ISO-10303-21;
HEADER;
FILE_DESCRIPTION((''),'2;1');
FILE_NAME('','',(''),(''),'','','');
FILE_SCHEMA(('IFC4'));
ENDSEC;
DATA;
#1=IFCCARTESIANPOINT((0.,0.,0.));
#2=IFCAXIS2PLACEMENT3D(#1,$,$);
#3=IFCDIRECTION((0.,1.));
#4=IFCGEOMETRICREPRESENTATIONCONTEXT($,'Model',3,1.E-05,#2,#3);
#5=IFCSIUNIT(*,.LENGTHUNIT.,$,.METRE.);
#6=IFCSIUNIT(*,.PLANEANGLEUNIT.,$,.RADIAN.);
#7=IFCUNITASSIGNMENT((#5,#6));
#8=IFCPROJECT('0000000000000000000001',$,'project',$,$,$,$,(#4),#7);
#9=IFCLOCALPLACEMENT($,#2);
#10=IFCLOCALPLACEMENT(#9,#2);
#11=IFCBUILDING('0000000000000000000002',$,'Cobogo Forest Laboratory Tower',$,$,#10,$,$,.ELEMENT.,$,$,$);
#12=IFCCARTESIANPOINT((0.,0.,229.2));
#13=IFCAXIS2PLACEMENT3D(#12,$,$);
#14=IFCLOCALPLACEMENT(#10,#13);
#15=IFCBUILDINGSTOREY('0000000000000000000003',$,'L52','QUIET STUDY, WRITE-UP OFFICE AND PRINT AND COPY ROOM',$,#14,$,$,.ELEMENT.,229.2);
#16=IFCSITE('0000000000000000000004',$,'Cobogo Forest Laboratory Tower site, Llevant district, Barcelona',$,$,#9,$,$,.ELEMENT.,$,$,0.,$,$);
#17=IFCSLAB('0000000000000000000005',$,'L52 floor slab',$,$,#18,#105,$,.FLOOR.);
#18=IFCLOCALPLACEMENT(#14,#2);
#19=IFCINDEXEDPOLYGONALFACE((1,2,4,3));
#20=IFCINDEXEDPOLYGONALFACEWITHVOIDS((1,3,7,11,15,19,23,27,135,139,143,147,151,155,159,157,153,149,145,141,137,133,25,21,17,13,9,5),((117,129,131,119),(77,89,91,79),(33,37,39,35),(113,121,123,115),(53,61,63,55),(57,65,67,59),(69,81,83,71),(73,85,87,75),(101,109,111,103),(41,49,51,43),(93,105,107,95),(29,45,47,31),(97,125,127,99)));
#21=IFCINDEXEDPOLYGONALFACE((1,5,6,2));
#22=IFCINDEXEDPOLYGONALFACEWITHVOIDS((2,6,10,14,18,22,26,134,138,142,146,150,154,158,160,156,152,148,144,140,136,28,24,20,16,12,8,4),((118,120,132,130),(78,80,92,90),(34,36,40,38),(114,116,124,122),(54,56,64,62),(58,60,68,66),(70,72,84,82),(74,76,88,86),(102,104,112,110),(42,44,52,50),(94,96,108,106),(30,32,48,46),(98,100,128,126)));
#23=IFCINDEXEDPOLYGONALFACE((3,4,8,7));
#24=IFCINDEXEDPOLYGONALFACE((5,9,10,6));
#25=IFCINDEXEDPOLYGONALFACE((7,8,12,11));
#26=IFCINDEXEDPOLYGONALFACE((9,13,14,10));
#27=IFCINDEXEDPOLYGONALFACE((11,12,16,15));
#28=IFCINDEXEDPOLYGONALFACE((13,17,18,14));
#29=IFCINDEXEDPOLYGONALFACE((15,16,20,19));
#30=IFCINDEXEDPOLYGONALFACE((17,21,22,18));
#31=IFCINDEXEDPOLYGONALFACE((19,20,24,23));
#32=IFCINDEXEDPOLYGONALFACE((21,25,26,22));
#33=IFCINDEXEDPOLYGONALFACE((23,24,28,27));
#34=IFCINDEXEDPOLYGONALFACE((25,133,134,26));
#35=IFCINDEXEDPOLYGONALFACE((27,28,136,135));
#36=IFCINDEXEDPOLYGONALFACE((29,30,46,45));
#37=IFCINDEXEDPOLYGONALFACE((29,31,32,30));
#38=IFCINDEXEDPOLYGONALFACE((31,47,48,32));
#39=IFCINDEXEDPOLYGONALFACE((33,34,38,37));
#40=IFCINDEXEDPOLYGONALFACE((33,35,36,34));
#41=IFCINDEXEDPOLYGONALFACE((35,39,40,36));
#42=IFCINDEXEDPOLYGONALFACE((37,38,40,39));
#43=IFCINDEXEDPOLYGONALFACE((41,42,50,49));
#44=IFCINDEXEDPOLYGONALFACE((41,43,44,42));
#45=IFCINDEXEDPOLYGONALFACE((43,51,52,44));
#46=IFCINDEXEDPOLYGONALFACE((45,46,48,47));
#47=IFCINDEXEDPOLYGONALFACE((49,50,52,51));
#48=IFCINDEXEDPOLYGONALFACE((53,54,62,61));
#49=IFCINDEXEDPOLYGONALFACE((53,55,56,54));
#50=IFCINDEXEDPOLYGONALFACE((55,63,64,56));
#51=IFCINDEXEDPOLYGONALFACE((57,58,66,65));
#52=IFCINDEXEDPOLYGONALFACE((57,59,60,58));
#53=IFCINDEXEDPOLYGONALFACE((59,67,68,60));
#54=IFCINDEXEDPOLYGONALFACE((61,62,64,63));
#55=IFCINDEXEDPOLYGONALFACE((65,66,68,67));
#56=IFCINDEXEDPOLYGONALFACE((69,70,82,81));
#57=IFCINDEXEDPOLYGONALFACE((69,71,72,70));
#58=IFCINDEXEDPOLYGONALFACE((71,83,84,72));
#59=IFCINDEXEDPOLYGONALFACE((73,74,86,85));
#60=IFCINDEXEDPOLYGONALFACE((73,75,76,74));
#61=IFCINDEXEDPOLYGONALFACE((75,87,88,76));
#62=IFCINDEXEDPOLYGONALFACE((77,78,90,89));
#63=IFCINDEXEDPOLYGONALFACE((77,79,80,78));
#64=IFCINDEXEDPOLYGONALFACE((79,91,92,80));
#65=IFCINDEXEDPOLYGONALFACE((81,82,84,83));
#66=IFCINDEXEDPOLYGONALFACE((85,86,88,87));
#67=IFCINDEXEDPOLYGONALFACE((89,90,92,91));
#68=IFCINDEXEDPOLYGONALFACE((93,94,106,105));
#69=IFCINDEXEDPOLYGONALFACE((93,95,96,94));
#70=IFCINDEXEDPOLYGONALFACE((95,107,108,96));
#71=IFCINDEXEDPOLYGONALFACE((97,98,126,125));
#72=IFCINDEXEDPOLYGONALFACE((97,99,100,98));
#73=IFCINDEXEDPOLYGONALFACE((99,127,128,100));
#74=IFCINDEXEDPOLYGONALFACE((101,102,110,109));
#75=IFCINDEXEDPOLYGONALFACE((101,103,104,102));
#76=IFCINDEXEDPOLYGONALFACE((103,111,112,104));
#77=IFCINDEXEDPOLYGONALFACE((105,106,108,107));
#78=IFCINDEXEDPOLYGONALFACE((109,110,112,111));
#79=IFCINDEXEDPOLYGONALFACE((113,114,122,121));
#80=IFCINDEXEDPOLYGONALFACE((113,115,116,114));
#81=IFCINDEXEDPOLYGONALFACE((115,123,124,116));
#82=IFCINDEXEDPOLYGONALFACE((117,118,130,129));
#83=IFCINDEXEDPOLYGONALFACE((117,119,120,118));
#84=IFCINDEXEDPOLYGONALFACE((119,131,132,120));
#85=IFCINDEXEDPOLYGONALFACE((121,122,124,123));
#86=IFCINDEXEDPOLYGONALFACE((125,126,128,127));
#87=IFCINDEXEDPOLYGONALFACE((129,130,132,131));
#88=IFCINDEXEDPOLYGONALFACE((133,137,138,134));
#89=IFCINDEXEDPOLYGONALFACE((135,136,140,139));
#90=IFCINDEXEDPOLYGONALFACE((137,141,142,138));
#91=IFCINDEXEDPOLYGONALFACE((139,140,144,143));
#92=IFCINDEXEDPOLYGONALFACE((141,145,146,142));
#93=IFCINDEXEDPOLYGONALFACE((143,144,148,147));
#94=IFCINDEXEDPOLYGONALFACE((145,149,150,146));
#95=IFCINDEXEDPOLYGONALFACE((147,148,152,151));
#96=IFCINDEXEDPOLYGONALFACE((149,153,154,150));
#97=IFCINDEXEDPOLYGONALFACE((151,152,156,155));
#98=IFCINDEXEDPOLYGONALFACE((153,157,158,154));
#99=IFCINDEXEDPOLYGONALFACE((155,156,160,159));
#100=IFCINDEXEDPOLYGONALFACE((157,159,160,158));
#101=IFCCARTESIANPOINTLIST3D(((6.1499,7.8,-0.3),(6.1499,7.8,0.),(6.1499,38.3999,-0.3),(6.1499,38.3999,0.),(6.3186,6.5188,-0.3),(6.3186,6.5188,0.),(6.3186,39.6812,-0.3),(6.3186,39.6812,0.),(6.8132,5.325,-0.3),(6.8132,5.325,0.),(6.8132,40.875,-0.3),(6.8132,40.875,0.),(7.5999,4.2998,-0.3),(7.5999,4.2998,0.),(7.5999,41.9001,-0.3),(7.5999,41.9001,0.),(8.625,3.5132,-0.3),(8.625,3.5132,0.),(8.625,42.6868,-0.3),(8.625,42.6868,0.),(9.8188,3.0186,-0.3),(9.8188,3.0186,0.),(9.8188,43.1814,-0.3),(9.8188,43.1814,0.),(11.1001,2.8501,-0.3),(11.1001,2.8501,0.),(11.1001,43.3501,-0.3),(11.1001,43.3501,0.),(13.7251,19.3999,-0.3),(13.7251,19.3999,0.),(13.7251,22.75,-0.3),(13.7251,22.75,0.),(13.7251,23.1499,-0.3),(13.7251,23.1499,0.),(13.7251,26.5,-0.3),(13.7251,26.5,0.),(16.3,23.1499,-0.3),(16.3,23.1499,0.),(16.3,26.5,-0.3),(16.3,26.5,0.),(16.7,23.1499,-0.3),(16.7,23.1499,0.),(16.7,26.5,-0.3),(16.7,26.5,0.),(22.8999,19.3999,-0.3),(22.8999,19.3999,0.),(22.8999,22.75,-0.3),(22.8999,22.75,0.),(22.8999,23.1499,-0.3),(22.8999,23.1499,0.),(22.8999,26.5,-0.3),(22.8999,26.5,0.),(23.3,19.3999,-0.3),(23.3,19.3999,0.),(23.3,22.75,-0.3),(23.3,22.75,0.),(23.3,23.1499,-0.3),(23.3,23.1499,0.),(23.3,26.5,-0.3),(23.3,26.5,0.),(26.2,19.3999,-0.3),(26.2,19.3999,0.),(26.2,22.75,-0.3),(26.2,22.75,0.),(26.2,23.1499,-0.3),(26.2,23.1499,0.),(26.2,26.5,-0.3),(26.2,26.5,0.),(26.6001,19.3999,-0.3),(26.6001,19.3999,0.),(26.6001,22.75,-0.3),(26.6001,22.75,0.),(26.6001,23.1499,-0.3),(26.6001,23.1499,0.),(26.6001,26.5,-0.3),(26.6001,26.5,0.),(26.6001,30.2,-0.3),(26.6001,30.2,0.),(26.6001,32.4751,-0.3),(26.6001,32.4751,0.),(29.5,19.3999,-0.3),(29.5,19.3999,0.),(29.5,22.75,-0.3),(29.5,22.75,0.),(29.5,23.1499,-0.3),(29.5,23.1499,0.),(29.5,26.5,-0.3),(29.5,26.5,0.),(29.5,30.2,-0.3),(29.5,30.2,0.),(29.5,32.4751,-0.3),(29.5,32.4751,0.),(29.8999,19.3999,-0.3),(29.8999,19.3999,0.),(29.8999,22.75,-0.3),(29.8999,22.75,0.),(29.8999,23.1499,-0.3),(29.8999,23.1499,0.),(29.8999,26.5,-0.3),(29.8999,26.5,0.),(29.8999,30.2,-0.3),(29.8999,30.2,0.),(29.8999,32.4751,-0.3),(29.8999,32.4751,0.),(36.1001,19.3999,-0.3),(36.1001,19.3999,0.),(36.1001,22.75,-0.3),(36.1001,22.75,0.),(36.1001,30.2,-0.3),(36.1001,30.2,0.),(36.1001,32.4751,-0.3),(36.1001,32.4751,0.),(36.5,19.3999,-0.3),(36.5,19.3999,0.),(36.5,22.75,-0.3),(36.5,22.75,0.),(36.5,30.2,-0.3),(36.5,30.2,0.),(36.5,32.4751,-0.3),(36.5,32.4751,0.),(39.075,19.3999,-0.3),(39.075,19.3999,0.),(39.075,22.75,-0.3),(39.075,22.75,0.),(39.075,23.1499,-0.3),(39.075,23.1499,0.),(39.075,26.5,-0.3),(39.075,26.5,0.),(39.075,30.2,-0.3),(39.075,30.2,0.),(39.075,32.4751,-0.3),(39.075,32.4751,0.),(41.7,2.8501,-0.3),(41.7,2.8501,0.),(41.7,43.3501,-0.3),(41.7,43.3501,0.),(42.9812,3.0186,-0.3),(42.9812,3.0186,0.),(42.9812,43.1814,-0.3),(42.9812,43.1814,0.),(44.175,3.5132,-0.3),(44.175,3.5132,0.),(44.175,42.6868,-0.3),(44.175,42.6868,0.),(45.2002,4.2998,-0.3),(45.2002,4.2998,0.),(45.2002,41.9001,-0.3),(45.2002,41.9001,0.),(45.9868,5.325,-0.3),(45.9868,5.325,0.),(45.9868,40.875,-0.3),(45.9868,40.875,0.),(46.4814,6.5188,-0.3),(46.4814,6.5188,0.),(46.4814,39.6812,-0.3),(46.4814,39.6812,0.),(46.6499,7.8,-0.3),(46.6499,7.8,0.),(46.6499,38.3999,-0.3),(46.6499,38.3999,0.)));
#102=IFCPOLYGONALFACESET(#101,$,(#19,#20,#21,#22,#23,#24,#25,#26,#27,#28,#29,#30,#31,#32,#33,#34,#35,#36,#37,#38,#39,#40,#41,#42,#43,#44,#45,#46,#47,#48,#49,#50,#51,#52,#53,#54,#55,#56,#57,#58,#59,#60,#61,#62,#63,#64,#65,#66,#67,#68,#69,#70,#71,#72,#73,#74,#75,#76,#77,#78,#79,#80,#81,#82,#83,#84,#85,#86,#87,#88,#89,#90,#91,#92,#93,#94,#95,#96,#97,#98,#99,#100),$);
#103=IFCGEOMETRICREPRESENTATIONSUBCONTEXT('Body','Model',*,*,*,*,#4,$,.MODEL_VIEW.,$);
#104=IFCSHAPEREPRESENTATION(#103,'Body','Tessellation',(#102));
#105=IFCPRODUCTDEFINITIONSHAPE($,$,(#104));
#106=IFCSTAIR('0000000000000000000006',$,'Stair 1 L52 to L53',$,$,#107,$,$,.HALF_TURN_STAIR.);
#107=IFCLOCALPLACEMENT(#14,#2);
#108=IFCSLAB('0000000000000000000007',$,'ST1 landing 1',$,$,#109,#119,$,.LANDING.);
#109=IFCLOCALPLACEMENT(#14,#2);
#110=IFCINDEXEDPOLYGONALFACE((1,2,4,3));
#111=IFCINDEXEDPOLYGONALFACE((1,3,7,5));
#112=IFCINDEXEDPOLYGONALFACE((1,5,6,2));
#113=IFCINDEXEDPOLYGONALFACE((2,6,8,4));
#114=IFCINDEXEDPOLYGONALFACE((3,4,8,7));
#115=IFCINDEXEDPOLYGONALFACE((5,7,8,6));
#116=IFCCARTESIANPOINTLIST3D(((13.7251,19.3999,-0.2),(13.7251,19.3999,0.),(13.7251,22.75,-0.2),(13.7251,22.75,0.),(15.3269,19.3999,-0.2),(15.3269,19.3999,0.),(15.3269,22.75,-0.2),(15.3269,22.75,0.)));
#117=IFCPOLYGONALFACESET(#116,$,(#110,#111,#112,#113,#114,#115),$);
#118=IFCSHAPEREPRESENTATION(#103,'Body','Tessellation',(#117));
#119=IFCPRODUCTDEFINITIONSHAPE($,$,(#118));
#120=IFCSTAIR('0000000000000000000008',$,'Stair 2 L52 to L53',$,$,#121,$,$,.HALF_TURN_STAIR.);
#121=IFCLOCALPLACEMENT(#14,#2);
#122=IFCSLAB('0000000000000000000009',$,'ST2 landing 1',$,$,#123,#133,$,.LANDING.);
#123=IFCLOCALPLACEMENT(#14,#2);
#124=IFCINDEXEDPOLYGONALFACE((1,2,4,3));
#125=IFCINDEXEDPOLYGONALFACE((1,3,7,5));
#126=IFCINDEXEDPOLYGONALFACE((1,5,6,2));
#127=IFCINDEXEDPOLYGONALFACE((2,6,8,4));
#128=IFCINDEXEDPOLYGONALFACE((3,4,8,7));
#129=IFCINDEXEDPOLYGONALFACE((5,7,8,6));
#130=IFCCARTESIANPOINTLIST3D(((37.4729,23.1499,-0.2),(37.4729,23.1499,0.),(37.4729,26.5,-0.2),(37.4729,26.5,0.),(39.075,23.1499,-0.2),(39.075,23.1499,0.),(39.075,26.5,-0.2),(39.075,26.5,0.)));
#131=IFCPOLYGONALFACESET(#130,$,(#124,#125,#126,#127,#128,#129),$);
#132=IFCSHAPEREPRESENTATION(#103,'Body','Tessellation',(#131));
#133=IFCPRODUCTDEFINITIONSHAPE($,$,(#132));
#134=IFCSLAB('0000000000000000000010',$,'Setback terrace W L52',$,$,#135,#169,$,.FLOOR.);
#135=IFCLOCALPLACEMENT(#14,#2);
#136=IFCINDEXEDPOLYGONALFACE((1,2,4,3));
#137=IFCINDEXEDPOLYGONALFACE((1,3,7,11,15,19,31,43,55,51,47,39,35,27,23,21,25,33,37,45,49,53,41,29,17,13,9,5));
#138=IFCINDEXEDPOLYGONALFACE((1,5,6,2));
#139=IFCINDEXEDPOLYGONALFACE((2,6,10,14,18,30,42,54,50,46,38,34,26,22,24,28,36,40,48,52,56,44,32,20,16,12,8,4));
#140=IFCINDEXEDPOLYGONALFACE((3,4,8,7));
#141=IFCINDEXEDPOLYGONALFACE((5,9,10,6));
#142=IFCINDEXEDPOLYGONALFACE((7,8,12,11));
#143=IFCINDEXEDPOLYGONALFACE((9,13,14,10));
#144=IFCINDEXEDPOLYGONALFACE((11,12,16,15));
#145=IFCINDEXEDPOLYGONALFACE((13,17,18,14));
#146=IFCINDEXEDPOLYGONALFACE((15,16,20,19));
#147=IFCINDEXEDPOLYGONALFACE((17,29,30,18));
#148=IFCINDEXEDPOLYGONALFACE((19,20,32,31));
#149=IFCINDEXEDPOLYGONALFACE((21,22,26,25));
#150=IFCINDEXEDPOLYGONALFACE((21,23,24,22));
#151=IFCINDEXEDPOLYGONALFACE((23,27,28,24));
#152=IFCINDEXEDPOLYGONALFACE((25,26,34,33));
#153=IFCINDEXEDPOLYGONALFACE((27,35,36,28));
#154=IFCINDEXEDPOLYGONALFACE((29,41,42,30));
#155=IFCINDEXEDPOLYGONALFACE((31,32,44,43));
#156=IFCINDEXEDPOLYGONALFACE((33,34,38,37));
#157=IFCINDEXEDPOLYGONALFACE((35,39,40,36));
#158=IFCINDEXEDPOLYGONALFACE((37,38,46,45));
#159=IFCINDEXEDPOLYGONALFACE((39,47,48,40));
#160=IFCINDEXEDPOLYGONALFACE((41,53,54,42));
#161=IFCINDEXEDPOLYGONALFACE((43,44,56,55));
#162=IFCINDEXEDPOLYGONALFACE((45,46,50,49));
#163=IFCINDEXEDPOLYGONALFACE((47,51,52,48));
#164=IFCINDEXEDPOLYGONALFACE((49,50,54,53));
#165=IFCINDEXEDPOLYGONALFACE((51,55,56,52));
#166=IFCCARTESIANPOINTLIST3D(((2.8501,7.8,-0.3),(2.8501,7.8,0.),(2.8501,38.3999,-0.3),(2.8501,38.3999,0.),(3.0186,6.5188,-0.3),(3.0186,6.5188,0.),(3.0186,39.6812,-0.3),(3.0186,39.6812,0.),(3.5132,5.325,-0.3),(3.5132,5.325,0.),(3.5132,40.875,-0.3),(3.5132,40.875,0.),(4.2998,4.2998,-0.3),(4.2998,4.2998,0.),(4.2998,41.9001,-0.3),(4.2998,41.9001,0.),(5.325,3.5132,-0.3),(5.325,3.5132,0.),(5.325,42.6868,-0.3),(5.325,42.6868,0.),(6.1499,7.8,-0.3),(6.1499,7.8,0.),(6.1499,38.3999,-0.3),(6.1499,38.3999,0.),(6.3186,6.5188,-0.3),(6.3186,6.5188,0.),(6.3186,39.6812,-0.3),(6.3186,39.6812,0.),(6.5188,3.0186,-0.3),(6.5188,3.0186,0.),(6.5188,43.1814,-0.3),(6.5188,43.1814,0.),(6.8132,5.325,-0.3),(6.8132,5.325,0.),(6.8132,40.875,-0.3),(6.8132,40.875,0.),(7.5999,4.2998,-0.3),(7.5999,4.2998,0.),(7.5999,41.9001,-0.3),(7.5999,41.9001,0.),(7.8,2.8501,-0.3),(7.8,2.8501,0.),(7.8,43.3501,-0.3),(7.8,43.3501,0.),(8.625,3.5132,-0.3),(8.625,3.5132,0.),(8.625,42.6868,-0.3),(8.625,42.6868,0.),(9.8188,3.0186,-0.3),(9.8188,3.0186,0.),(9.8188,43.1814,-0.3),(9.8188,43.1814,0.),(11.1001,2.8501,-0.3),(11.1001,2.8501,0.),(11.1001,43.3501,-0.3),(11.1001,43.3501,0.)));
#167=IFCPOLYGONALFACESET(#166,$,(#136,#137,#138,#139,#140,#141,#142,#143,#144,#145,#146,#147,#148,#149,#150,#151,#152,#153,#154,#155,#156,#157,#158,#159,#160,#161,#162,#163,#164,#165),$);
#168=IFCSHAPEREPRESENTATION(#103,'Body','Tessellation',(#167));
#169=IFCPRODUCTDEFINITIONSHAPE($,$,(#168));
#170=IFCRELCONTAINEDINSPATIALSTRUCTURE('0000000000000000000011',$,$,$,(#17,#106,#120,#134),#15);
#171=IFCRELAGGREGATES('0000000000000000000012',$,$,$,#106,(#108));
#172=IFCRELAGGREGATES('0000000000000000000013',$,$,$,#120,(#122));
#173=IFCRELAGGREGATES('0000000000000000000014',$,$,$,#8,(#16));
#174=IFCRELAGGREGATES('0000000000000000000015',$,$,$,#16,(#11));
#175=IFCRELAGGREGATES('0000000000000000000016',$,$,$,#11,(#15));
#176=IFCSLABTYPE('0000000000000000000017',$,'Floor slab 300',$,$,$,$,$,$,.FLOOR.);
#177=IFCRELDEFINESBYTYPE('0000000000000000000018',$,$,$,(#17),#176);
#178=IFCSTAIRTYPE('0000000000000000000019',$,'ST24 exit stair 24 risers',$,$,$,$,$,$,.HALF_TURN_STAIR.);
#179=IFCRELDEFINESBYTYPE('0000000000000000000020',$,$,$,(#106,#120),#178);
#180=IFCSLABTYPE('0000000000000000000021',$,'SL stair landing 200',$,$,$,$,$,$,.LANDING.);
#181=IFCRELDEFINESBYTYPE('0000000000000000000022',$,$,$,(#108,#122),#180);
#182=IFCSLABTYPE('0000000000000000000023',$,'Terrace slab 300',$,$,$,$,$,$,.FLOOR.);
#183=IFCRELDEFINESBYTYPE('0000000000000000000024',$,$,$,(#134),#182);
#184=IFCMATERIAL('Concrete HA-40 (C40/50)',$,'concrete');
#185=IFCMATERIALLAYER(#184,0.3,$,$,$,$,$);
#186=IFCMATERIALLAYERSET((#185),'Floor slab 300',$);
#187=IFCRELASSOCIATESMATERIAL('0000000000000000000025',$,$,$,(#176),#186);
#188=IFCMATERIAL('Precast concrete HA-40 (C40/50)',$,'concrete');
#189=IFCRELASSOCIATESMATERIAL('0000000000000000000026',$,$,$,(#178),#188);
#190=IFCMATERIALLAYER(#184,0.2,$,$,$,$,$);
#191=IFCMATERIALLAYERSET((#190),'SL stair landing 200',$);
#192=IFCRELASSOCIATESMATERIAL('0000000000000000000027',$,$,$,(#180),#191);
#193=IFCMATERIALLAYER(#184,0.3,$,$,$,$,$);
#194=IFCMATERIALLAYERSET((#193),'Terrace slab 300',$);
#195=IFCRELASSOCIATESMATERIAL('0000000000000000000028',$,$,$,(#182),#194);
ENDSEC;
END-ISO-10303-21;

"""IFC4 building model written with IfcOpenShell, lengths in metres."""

from ifc_helpers import new_model, si_unit, direction, frame, origin, place, context, subcontext, project, spatial, polyline, outline, extrude, material, layer, layer_set, type_object, element, aggregate, save


model = new_model("IFC4")

# Units and contexts
model_context = context("Model", 3, precision=1e-05, world=origin(), true_north=direction((0.0, 1.0)))
body_context = subcontext(model_context, "Body", "Model", "MODEL_VIEW")
ifc_project = project(units=[si_unit("LENGTHUNIT", "METRE"), si_unit("PLANEANGLEUNIT", "RADIAN")], contexts=[model_context])

# Site, building, storey
site_placement = place(None, origin())
site = spatial("IfcSite", under=ifc_project, at=site_placement, Name="Cobogo Forest Laboratory Tower site, Llevant district, Barcelona", CompositionType="ELEMENT", RefElevation=0.0)
building_placement = place(site_placement, origin())
building = spatial("IfcBuilding", under=site, at=building_placement, Name="Cobogo Forest Laboratory Tower", CompositionType="ELEMENT")
storey_placement = place(building_placement, frame((0.0, 0.0, 229.2)))
storey = spatial("IfcBuildingStorey", under=building, at=storey_placement, Name="L52", Description="QUIET STUDY, WRITE-UP OFFICE AND PRINT AND COPY ROOM", CompositionType="ELEMENT", Elevation=229.2)

# Slab
ifc_material_1 = material(Name="Concrete HA-40 (C40/50)", Category="concrete")
ifc_layer_1 = layer(ifc_material_1, 0.3)
ifc_layer_set_1 = layer_set([ifc_layer_1], Name="Floor slab 300")
slab_type_1 = type_object("IfcSlabType", Name="Floor slab 300", PredefinedType="FLOOR", material=ifc_layer_set_1)
slab_1_placement = place(storey_placement, frame((0.0, 0.0, -0.3)))
element("IfcSlab", 1, at=slab_1_placement, inside=storey, type_object=slab_type_1, Name="L52 floor slab", PredefinedType="FLOOR", context=body_context, shape_type="SweptSolid", body=[
    extrude(outline(polyline([(41.7, 2.8501), (42.9812, 3.0186), (44.175, 3.5132), (45.2002, 4.2998), (45.9868, 5.325), (46.4814, 6.5188), (46.6499, 7.8), (46.6499, 38.3999), (46.4814, 39.6812), (45.9868, 40.875), (45.2002, 41.9001), (44.175, 42.6868), (42.9812, 43.1814), (41.7, 43.3501), (11.1001, 43.3501), (9.8188, 43.1814), (8.625, 42.6868), (7.5999, 41.9001), (6.8132, 40.875), (6.3186, 39.6812), (6.1499, 38.3999), (6.1499, 7.8), (6.3186, 6.5188), (6.8132, 5.325), (7.5999, 4.2998), (8.625, 3.5132), (9.8188, 3.0186), (11.1001, 2.8501), (41.7, 2.8501)]), holes=[polyline([(22.8999, 19.3999), (13.7251, 19.3999), (13.7251, 22.75), (22.8999, 22.75), (22.8999, 19.3999)]), polyline([(26.2, 19.3999), (23.3, 19.3999), (23.3, 22.75), (26.2, 22.75), (26.2, 19.3999)]), polyline([(29.5, 19.3999), (26.6001, 19.3999), (26.6001, 22.75), (29.5, 22.75), (29.5, 19.3999)]), polyline([(36.1001, 22.75), (36.1001, 19.3999), (29.8999, 19.3999), (29.8999, 22.75), (36.1001, 22.75)]), polyline([(39.075, 19.3999), (36.5, 19.3999), (36.5, 22.75), (39.075, 22.75), (39.075, 19.3999)]), polyline([(16.3, 23.1499), (13.7251, 23.1499), (13.7251, 26.5), (16.3, 26.5), (16.3, 23.1499)]), polyline([(22.8999, 26.5), (22.8999, 23.1499), (16.7, 23.1499), (16.7, 26.5), (22.8999, 26.5)]), polyline([(26.2, 23.1499), (23.3, 23.1499), (23.3, 26.5), (26.2, 26.5), (26.2, 23.1499)]), polyline([(29.5, 23.1499), (26.6001, 23.1499), (26.6001, 26.5), (29.5, 26.5), (29.5, 23.1499)]), polyline([(39.075, 23.1499), (29.8999, 23.1499), (29.8999, 26.5), (39.075, 26.5), (39.075, 23.1499)]), polyline([(29.5, 30.2), (26.6001, 30.2), (26.6001, 32.4751), (29.5, 32.4751), (29.5, 30.2)]), polyline([(36.1001, 32.4751), (36.1001, 30.2), (29.8999, 30.2), (29.8999, 32.4751), (36.1001, 32.4751)]), polyline([(39.075, 30.2), (36.5, 30.2), (36.5, 32.4751), (39.075, 32.4751), (39.075, 30.2)])]), origin(), (0.0, 0.0, 1.0), 0.3),
])

# Stairs, slabs
ifc_material_2 = material(Name="Precast concrete HA-40 (C40/50)", Category="concrete")
stair_type = type_object("IfcStairType", Name="ST24 exit stair 24 risers", PredefinedType="HALF_TURN_STAIR", material=ifc_material_2)
stair_1_placement = place(storey_placement, origin())
stair_1 = element("IfcStair", 2, at=stair_1_placement, inside=storey, type_object=stair_type, Name="Stair 1 L52 to L53", PredefinedType="HALF_TURN_STAIR")
ifc_layer_2 = layer(ifc_material_1, 0.2)
ifc_layer_set_2 = layer_set([ifc_layer_2], Name="SL stair landing 200")
slab_type_2 = type_object("IfcSlabType", Name="SL stair landing 200", PredefinedType="LANDING", material=ifc_layer_set_2)
slab_2_placement = place(storey_placement, frame((0.0, 0.0, -0.2)))
slab_2 = element("IfcSlab", 3, at=slab_2_placement, type_object=slab_type_2, Name="ST1 landing 1", PredefinedType="LANDING", context=body_context, shape_type="SweptSolid", body=[
    extrude(outline(polyline([(13.7251, 19.3999), (15.3269, 19.3999), (15.3269, 22.75), (13.7251, 22.75), (13.7251, 19.3999)])), origin(), (0.0, 0.0, 1.0), 0.2),
])
aggregate(stair_1, [slab_2])
stair_2_placement = place(storey_placement, origin())
stair_2 = element("IfcStair", 4, at=stair_2_placement, inside=storey, type_object=stair_type, Name="Stair 2 L52 to L53", PredefinedType="HALF_TURN_STAIR")
slab_3_placement = place(storey_placement, frame((0.0, 0.0, -0.2)))
slab_3 = element("IfcSlab", 5, at=slab_3_placement, type_object=slab_type_2, Name="ST2 landing 1", PredefinedType="LANDING", context=body_context, shape_type="SweptSolid", body=[
    extrude(outline(polyline([(37.4729, 23.1499), (39.075, 23.1499), (39.075, 26.5), (37.4729, 26.5), (37.4729, 23.1499)])), origin(), (0.0, 0.0, 1.0), 0.2),
])
aggregate(stair_2, [slab_3])

# Slab
ifc_layer_3 = layer(ifc_material_1, 0.3)
ifc_layer_set_3 = layer_set([ifc_layer_3], Name="Terrace slab 300")
slab_type_3 = type_object("IfcSlabType", Name="Terrace slab 300", PredefinedType="FLOOR", material=ifc_layer_set_3)
slab_4_placement = place(storey_placement, frame((0.0, 0.0, -0.3)))
element("IfcSlab", 6, at=slab_4_placement, inside=storey, type_object=slab_type_3, Name="Setback terrace W L52", PredefinedType="FLOOR", context=body_context, shape_type="SweptSolid", body=[
    extrude(outline(polyline([(7.8, 2.8501), (11.1001, 2.8501), (9.8188, 3.0186), (8.625, 3.5132), (7.5999, 4.2998), (6.8132, 5.325), (6.3186, 6.5188), (6.1499, 7.8), (6.1499, 38.3999), (6.3186, 39.6812), (6.8132, 40.875), (7.5999, 41.9001), (8.625, 42.6868), (9.8188, 43.1814), (11.1001, 43.3501), (7.8, 43.3501), (6.5188, 43.1814), (5.325, 42.6868), (4.2998, 41.9001), (3.5132, 40.875), (3.0186, 39.6812), (2.8501, 38.3999), (2.8501, 7.8), (3.0186, 6.5188), (3.5132, 5.325), (4.2998, 4.2998), (5.325, 3.5132), (6.5188, 3.0186), (7.8, 2.8501)])), origin(), (0.0, 0.0, 1.0), 0.3),
])

save(model, "model.ifc")
